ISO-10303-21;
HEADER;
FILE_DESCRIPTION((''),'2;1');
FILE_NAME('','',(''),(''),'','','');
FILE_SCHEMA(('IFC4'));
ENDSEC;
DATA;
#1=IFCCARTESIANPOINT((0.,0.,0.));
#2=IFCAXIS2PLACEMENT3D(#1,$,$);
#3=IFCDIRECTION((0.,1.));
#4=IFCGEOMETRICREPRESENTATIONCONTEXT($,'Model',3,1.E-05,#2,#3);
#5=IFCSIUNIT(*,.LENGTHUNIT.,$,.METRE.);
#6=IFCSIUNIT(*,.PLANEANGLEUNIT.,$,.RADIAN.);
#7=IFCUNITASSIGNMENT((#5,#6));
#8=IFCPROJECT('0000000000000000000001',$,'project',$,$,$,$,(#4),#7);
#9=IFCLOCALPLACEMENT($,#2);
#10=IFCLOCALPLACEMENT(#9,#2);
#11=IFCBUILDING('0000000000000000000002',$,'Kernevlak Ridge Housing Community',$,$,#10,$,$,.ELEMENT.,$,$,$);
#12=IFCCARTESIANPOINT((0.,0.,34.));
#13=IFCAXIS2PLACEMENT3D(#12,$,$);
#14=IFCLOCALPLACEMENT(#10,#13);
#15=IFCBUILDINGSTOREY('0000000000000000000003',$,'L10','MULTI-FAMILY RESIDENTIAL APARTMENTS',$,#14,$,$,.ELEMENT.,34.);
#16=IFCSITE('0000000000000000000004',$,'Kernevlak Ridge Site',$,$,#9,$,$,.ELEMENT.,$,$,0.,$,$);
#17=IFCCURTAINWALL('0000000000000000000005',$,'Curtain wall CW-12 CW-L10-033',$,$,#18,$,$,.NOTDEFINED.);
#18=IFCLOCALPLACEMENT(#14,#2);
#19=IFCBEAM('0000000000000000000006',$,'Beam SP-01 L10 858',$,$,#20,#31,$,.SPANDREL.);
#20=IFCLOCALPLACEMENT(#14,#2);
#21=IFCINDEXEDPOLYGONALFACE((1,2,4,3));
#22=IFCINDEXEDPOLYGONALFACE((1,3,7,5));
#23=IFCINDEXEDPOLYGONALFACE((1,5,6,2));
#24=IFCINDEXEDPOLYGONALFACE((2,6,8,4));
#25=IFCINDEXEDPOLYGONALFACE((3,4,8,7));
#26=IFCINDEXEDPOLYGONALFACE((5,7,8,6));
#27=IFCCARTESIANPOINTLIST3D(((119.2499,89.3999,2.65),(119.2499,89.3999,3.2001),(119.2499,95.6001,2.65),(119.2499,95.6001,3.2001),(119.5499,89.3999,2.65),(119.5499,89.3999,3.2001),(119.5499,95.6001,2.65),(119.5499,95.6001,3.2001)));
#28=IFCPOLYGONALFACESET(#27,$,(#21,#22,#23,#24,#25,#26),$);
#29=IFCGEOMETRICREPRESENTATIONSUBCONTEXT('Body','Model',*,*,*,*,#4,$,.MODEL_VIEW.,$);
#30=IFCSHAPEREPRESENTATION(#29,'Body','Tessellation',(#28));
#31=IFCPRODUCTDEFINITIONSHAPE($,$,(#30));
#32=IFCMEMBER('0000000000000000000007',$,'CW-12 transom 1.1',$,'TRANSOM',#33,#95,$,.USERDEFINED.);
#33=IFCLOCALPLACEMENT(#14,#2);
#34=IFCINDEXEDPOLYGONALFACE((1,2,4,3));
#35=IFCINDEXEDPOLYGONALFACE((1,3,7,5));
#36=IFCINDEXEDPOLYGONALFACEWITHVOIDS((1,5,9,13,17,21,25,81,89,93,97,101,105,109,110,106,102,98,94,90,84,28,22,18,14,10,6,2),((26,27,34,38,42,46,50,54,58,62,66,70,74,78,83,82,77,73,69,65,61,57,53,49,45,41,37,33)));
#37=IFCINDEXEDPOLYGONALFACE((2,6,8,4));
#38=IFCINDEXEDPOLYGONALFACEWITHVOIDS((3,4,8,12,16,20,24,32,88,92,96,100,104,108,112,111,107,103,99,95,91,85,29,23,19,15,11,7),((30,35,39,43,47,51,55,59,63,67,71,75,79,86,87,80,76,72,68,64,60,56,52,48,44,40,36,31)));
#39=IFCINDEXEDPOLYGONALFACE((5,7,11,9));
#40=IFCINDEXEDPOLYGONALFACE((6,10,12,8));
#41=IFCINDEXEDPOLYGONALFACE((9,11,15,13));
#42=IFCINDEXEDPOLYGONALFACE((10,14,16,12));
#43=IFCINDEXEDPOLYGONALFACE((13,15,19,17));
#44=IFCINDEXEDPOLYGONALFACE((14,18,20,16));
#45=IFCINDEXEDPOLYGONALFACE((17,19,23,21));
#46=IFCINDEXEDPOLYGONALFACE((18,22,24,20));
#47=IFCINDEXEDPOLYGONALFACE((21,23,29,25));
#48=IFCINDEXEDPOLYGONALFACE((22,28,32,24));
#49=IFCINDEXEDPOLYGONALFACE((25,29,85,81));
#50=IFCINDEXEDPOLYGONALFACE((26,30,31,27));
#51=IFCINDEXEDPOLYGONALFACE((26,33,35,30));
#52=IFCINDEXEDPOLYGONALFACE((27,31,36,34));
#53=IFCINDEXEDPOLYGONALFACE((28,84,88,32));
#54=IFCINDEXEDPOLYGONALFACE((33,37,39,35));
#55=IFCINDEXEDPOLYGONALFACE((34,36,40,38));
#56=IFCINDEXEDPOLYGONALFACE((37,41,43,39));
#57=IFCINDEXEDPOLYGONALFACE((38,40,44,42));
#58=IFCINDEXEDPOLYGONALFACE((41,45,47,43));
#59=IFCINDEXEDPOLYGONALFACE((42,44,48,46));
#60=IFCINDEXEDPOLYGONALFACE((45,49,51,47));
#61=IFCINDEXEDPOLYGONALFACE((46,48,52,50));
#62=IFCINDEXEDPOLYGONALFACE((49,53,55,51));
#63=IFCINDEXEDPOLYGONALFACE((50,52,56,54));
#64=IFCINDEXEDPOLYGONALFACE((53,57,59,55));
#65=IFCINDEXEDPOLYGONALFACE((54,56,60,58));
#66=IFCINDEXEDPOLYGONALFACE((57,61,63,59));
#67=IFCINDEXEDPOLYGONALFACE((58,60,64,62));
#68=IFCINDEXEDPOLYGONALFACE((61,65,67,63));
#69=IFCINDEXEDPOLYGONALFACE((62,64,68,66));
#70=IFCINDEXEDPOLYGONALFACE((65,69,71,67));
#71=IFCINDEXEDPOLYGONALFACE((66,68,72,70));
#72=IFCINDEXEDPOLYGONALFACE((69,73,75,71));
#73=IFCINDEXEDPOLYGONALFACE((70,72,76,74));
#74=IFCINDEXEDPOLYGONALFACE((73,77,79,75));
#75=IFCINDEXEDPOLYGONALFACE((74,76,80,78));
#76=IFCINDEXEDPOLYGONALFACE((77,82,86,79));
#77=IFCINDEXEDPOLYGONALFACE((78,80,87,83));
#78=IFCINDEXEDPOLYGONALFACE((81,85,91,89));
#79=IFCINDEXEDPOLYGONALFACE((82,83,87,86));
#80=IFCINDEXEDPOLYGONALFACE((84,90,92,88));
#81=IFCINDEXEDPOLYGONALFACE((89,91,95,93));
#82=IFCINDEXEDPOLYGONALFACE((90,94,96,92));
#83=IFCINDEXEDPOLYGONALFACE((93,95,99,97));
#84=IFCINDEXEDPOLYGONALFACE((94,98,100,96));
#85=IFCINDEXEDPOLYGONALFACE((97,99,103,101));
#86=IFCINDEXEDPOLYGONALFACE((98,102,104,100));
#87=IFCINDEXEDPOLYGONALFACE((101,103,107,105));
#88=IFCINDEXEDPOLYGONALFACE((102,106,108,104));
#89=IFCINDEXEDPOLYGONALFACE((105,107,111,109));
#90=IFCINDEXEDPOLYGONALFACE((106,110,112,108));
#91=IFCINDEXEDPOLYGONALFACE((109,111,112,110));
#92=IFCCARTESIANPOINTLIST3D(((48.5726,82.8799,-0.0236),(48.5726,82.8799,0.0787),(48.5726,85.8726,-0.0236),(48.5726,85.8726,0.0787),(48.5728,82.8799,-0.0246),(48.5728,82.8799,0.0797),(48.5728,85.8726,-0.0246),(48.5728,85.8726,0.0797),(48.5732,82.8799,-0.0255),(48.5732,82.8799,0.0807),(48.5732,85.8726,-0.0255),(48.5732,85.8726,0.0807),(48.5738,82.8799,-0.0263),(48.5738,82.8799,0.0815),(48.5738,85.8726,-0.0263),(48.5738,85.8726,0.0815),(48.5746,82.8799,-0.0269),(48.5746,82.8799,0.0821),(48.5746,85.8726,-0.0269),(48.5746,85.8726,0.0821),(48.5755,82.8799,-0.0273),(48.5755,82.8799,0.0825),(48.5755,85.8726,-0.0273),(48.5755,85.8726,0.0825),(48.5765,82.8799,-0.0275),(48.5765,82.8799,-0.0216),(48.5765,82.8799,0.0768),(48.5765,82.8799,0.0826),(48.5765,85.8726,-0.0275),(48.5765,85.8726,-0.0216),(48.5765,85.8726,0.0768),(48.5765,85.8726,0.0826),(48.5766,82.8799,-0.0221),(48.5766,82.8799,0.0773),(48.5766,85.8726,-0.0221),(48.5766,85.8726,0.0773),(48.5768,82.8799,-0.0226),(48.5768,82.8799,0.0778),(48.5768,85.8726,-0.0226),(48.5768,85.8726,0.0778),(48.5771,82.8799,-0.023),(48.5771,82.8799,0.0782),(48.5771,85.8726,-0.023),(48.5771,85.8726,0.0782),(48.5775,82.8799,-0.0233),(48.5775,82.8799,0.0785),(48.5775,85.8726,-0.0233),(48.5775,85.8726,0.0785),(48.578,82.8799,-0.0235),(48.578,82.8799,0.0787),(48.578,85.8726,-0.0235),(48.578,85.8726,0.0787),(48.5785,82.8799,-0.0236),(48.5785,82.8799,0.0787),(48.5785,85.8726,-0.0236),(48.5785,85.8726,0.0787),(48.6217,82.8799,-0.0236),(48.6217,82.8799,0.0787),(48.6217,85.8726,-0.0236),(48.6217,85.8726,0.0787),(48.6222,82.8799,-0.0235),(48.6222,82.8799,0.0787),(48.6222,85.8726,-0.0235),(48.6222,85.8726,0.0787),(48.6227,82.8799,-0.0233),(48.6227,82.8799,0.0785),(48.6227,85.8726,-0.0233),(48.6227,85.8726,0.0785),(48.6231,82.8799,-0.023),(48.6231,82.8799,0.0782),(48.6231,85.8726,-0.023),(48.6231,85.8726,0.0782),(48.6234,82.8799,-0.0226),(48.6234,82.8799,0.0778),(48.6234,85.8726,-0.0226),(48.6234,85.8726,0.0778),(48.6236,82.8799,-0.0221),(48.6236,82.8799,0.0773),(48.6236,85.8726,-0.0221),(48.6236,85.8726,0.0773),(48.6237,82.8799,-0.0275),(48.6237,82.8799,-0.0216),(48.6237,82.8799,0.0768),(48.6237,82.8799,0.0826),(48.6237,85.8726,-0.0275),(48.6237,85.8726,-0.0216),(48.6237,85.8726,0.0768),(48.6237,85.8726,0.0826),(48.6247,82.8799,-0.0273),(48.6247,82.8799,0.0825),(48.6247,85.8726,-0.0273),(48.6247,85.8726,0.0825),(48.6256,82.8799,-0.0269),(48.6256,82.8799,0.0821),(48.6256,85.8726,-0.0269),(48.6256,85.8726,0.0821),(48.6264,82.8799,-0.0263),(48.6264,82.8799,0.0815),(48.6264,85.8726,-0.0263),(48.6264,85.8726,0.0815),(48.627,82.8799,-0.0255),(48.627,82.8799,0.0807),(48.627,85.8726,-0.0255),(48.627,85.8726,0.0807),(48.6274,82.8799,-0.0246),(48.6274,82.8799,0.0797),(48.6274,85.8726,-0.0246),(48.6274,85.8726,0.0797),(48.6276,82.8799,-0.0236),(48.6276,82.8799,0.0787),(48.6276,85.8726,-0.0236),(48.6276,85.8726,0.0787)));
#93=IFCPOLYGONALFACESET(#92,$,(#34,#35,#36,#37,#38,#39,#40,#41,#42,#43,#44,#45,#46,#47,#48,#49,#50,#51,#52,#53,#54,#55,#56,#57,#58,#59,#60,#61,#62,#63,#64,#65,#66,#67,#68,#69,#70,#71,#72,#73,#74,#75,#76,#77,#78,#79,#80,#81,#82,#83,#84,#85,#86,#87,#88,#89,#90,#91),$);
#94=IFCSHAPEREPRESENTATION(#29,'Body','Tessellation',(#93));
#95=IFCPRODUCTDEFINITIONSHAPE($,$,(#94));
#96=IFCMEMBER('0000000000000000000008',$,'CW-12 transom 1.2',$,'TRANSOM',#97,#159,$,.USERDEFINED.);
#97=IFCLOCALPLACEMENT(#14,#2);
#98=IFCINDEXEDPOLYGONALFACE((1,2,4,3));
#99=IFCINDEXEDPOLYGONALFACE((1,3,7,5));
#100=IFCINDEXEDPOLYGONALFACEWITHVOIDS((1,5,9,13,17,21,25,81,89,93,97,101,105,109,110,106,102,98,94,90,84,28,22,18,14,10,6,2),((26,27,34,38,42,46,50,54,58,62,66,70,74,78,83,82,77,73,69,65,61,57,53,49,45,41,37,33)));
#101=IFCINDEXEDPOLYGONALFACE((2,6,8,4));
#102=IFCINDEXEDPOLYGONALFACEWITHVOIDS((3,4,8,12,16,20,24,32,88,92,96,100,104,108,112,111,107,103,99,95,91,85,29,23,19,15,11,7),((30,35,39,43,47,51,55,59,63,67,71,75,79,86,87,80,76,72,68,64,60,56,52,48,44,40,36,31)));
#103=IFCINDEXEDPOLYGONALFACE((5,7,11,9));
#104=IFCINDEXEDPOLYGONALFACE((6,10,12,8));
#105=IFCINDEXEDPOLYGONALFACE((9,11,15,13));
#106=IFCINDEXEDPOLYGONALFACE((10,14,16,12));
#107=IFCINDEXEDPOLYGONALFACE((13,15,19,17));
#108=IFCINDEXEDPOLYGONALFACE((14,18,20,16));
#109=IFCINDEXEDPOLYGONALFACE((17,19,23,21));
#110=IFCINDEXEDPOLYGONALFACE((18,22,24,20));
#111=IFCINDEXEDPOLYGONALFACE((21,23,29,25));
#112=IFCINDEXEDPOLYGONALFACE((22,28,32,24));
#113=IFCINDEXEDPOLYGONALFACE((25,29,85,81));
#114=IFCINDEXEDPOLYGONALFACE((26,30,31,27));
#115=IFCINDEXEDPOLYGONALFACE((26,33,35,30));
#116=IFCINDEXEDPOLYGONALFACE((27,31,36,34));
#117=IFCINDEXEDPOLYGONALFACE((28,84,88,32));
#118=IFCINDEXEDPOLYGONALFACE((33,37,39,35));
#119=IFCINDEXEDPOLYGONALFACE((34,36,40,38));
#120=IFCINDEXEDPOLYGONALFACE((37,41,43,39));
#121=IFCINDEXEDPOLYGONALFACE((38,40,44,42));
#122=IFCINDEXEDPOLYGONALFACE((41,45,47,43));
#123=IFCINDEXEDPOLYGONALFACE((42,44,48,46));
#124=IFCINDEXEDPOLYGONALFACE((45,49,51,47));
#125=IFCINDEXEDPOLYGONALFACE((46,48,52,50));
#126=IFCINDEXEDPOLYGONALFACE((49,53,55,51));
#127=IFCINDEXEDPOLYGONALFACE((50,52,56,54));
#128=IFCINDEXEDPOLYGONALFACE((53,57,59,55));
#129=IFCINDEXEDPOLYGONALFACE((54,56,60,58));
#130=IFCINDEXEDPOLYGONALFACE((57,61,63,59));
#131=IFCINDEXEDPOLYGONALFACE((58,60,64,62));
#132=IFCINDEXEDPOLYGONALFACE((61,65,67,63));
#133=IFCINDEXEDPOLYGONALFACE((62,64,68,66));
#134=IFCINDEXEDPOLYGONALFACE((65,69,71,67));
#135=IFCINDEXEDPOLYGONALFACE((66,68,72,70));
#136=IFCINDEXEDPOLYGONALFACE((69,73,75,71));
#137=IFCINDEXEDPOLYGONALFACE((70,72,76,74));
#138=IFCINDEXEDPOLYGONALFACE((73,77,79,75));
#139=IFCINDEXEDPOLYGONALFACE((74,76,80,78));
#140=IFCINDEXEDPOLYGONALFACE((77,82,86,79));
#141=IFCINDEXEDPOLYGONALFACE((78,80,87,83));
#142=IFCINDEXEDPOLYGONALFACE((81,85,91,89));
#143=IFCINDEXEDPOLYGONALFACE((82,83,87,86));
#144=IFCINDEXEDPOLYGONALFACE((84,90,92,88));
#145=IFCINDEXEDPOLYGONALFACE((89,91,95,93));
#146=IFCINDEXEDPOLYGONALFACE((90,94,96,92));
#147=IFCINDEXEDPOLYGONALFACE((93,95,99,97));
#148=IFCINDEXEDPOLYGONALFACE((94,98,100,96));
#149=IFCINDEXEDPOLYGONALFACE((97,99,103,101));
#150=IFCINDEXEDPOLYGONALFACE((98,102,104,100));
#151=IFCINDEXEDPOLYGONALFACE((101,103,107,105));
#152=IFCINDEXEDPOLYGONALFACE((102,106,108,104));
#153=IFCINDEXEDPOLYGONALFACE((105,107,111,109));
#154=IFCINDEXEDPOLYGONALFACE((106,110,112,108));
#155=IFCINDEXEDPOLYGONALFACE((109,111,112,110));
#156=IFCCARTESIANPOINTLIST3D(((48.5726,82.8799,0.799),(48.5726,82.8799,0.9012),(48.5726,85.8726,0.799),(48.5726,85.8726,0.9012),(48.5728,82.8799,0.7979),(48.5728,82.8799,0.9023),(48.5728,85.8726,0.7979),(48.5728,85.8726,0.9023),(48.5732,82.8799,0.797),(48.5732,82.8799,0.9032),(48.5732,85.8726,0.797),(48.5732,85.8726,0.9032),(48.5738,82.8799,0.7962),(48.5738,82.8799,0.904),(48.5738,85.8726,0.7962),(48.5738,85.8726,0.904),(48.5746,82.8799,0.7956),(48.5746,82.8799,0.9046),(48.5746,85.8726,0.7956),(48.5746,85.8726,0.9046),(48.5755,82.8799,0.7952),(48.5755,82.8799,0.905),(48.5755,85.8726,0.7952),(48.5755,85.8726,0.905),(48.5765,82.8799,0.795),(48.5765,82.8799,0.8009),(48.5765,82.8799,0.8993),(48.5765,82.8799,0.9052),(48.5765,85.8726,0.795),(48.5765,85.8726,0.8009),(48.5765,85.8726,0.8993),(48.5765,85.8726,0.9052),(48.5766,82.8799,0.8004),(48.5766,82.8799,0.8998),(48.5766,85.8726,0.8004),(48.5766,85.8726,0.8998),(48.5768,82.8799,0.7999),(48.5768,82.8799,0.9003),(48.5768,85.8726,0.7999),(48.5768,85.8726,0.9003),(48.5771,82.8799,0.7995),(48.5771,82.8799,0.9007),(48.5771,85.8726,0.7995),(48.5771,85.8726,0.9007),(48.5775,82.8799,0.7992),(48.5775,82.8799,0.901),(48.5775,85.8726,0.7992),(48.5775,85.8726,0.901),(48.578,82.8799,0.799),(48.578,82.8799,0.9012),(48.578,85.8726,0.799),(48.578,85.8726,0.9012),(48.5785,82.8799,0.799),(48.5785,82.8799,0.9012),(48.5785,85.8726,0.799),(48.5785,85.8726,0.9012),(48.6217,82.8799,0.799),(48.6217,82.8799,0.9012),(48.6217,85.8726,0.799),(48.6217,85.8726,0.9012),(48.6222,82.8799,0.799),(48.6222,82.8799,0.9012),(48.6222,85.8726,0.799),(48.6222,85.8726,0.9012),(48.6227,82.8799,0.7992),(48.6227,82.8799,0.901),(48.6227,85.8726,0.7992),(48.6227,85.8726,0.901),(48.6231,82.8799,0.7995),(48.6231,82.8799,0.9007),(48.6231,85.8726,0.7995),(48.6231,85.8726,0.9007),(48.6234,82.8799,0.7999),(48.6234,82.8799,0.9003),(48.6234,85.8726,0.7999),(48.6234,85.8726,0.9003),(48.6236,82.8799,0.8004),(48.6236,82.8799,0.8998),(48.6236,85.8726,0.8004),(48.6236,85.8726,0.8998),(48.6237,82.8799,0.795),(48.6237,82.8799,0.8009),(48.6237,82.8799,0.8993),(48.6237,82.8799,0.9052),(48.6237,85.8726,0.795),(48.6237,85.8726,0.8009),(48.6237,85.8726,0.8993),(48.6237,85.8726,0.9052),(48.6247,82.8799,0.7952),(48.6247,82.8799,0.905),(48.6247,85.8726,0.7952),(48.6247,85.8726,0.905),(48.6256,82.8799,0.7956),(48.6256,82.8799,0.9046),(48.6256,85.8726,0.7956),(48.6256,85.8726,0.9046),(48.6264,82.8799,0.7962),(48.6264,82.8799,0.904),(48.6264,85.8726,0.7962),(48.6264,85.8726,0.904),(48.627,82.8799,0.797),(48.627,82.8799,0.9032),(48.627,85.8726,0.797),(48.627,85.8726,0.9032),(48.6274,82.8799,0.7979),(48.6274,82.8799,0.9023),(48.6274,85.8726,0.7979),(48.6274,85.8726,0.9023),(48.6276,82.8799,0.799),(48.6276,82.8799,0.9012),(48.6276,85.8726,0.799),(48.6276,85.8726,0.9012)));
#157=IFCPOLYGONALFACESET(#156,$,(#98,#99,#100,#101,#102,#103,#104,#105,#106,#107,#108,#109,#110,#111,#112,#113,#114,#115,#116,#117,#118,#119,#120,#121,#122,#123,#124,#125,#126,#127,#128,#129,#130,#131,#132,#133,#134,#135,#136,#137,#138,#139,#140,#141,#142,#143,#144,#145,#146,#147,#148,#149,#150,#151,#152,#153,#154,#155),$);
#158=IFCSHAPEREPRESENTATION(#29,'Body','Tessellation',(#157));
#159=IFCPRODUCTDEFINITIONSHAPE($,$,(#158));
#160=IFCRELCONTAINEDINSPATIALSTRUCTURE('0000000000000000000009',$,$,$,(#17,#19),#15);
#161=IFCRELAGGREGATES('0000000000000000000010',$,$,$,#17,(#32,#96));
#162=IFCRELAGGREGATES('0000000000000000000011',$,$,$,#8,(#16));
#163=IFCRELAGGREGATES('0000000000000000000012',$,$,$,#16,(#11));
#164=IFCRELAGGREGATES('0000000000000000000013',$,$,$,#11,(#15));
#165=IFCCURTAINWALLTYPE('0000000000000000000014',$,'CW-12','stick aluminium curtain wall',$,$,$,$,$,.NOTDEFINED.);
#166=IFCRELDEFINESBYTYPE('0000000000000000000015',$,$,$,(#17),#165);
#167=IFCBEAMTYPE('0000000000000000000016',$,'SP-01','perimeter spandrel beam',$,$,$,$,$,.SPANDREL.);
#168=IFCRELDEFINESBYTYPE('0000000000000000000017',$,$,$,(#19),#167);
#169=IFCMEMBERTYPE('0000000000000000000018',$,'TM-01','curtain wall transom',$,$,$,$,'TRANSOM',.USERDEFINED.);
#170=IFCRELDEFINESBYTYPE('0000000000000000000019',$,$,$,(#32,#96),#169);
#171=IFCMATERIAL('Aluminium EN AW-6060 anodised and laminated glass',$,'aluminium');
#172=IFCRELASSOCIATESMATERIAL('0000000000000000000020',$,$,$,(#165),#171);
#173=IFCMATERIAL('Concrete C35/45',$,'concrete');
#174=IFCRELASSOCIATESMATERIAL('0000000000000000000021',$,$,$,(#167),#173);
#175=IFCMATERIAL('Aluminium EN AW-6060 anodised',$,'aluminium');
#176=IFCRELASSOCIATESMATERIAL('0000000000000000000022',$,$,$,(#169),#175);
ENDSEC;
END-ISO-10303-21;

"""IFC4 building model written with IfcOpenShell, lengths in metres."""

from ifc_helpers import new_model, si_unit, direction, frame, origin, origin_2d, place, context, subcontext, project, spatial, rectangle, hollow_rectangle, extrude, material, material_profile, profile_set, type_object, element, aggregate, save


model = new_model("IFC4")

# Units and contexts
model_context = context("Model", 3, precision=1e-05, world=origin(), true_north=direction((0.0, 1.0)))
body_context = subcontext(model_context, "Body", "Model", "MODEL_VIEW")
ifc_project = project(units=[si_unit("LENGTHUNIT", "METRE"), si_unit("PLANEANGLEUNIT", "RADIAN")], contexts=[model_context])

# Site, building, storey
site_placement = place(None, origin())
site = spatial("IfcSite", under=ifc_project, at=site_placement, Name="Kernevlak Ridge Site", CompositionType="ELEMENT", RefElevation=0.0)
building_placement = place(site_placement, origin())
building = spatial("IfcBuilding", under=site, at=building_placement, Name="Kernevlak Ridge Housing Community", CompositionType="ELEMENT")
storey_placement = place(building_placement, frame((0.0, 0.0, 34.0)))
storey = spatial("IfcBuildingStorey", under=building, at=storey_placement, Name="L10", Description="MULTI-FAMILY RESIDENTIAL APARTMENTS", CompositionType="ELEMENT", Elevation=34.0)

# Shared definitions
ifc_material_1 = material(Name="Concrete C35/45", Category="concrete")

# Curtain wall
ifc_material_2 = material(Name="Aluminium EN AW-6060 anodised and laminated glass", Category="aluminium")
curtain_wall_type = type_object("IfcCurtainWallType", Name="CW-12", Description="stick aluminium curtain wall", PredefinedType="NOTDEFINED", material=ifc_material_2)
curtain_wall_placement = place(storey_placement, origin())
curtain_wall = element("IfcCurtainWall", 1, at=curtain_wall_placement, inside=storey, type_object=curtain_wall_type, Name="Curtain wall CW-12 CW-L10-033", PredefinedType="NOTDEFINED")
ifc_material_3 = material(Name="Aluminium EN AW-6060 anodised", Category="aluminium")

# Beam
ifc_material_profile_1 = material_profile(ifc_material_1, rectangle(XDim=0.3, YDim=0.55, at=origin_2d()), Name="RC 300x550")
ifc_profile_set_1 = profile_set([ifc_material_profile_1], Name="Concrete C35/45")
beam_type = type_object("IfcBeamType", Name="SP-01", Description="perimeter spandrel beam", PredefinedType="SPANDREL", material=ifc_profile_set_1)
beam_1_placement = place(storey_placement, frame((119.3999, 89.3999, 2.925), z_axis=(0.0, 1.0, 0.0), x_axis=(-1.0, 0.0, 0.0)))
element("IfcBeam", 2, at=beam_1_placement, inside=storey, type_object=beam_type, Name="Beam SP-01 L10 858", PredefinedType="SPANDREL", context=body_context, shape_type="SweptSolid", body=[
    extrude(rectangle(XDim=0.3, YDim=0.55, at=origin_2d()), origin(), (0.0, 0.0, 1.0), 6.2002),
])

# Members
ifc_material_profile_2 = material_profile(ifc_material_3, hollow_rectangle(XDim=0.0549, YDim=0.1101, WallThickness=0.0039, InnerFilletRadius=0.002, OuterFilletRadius=0.0039, at=origin_2d()), Name="ALU 55x110x4")
ifc_profile_set_2 = profile_set([ifc_material_profile_2], Name="Aluminium EN AW-6060 anodised")
member_type_1 = type_object("IfcMemberType", Name="TM-01", Description="curtain wall transom", ElementType="TRANSOM", PredefinedType="USERDEFINED", material=ifc_profile_set_2)
member_1_placement = place(storey_placement, frame((48.6001, 82.8799, 0.0276), z_axis=(0.0, 1.0, 0.0), x_axis=(-1.0, 0.0, 0.0)))
member_1 = element("IfcMember", 3, at=member_1_placement, type_object=member_type_1, Name="CW-12 transom 1.1", ObjectType="TRANSOM", PredefinedType="USERDEFINED", context=body_context, shape_type="SweptSolid", body=[
    extrude(hollow_rectangle(XDim=0.0549, YDim=0.1101, WallThickness=0.0039, InnerFilletRadius=0.002, OuterFilletRadius=0.0039, at=origin_2d()), origin(), (0.0, 0.0, 1.0), 2.9927),
])
member_2_placement = place(storey_placement, frame((48.6001, 82.8799, 0.8501), z_axis=(0.0, 1.0, 0.0), x_axis=(-1.0, 0.0, 0.0)))
member_2 = element("IfcMember", 4, at=member_2_placement, type_object=member_type_1, Name="CW-12 transom 1.2", ObjectType="TRANSOM", PredefinedType="USERDEFINED", context=body_context, shape_type="SweptSolid", body=[
    extrude(hollow_rectangle(XDim=0.0549, YDim=0.1101, WallThickness=0.0039, InnerFilletRadius=0.002, OuterFilletRadius=0.0039, at=origin_2d()), origin(), (0.0, 0.0, 1.0), 2.9927),
])

aggregate(curtain_wall, [member_1, member_2])

save(model, "model.ifc")
